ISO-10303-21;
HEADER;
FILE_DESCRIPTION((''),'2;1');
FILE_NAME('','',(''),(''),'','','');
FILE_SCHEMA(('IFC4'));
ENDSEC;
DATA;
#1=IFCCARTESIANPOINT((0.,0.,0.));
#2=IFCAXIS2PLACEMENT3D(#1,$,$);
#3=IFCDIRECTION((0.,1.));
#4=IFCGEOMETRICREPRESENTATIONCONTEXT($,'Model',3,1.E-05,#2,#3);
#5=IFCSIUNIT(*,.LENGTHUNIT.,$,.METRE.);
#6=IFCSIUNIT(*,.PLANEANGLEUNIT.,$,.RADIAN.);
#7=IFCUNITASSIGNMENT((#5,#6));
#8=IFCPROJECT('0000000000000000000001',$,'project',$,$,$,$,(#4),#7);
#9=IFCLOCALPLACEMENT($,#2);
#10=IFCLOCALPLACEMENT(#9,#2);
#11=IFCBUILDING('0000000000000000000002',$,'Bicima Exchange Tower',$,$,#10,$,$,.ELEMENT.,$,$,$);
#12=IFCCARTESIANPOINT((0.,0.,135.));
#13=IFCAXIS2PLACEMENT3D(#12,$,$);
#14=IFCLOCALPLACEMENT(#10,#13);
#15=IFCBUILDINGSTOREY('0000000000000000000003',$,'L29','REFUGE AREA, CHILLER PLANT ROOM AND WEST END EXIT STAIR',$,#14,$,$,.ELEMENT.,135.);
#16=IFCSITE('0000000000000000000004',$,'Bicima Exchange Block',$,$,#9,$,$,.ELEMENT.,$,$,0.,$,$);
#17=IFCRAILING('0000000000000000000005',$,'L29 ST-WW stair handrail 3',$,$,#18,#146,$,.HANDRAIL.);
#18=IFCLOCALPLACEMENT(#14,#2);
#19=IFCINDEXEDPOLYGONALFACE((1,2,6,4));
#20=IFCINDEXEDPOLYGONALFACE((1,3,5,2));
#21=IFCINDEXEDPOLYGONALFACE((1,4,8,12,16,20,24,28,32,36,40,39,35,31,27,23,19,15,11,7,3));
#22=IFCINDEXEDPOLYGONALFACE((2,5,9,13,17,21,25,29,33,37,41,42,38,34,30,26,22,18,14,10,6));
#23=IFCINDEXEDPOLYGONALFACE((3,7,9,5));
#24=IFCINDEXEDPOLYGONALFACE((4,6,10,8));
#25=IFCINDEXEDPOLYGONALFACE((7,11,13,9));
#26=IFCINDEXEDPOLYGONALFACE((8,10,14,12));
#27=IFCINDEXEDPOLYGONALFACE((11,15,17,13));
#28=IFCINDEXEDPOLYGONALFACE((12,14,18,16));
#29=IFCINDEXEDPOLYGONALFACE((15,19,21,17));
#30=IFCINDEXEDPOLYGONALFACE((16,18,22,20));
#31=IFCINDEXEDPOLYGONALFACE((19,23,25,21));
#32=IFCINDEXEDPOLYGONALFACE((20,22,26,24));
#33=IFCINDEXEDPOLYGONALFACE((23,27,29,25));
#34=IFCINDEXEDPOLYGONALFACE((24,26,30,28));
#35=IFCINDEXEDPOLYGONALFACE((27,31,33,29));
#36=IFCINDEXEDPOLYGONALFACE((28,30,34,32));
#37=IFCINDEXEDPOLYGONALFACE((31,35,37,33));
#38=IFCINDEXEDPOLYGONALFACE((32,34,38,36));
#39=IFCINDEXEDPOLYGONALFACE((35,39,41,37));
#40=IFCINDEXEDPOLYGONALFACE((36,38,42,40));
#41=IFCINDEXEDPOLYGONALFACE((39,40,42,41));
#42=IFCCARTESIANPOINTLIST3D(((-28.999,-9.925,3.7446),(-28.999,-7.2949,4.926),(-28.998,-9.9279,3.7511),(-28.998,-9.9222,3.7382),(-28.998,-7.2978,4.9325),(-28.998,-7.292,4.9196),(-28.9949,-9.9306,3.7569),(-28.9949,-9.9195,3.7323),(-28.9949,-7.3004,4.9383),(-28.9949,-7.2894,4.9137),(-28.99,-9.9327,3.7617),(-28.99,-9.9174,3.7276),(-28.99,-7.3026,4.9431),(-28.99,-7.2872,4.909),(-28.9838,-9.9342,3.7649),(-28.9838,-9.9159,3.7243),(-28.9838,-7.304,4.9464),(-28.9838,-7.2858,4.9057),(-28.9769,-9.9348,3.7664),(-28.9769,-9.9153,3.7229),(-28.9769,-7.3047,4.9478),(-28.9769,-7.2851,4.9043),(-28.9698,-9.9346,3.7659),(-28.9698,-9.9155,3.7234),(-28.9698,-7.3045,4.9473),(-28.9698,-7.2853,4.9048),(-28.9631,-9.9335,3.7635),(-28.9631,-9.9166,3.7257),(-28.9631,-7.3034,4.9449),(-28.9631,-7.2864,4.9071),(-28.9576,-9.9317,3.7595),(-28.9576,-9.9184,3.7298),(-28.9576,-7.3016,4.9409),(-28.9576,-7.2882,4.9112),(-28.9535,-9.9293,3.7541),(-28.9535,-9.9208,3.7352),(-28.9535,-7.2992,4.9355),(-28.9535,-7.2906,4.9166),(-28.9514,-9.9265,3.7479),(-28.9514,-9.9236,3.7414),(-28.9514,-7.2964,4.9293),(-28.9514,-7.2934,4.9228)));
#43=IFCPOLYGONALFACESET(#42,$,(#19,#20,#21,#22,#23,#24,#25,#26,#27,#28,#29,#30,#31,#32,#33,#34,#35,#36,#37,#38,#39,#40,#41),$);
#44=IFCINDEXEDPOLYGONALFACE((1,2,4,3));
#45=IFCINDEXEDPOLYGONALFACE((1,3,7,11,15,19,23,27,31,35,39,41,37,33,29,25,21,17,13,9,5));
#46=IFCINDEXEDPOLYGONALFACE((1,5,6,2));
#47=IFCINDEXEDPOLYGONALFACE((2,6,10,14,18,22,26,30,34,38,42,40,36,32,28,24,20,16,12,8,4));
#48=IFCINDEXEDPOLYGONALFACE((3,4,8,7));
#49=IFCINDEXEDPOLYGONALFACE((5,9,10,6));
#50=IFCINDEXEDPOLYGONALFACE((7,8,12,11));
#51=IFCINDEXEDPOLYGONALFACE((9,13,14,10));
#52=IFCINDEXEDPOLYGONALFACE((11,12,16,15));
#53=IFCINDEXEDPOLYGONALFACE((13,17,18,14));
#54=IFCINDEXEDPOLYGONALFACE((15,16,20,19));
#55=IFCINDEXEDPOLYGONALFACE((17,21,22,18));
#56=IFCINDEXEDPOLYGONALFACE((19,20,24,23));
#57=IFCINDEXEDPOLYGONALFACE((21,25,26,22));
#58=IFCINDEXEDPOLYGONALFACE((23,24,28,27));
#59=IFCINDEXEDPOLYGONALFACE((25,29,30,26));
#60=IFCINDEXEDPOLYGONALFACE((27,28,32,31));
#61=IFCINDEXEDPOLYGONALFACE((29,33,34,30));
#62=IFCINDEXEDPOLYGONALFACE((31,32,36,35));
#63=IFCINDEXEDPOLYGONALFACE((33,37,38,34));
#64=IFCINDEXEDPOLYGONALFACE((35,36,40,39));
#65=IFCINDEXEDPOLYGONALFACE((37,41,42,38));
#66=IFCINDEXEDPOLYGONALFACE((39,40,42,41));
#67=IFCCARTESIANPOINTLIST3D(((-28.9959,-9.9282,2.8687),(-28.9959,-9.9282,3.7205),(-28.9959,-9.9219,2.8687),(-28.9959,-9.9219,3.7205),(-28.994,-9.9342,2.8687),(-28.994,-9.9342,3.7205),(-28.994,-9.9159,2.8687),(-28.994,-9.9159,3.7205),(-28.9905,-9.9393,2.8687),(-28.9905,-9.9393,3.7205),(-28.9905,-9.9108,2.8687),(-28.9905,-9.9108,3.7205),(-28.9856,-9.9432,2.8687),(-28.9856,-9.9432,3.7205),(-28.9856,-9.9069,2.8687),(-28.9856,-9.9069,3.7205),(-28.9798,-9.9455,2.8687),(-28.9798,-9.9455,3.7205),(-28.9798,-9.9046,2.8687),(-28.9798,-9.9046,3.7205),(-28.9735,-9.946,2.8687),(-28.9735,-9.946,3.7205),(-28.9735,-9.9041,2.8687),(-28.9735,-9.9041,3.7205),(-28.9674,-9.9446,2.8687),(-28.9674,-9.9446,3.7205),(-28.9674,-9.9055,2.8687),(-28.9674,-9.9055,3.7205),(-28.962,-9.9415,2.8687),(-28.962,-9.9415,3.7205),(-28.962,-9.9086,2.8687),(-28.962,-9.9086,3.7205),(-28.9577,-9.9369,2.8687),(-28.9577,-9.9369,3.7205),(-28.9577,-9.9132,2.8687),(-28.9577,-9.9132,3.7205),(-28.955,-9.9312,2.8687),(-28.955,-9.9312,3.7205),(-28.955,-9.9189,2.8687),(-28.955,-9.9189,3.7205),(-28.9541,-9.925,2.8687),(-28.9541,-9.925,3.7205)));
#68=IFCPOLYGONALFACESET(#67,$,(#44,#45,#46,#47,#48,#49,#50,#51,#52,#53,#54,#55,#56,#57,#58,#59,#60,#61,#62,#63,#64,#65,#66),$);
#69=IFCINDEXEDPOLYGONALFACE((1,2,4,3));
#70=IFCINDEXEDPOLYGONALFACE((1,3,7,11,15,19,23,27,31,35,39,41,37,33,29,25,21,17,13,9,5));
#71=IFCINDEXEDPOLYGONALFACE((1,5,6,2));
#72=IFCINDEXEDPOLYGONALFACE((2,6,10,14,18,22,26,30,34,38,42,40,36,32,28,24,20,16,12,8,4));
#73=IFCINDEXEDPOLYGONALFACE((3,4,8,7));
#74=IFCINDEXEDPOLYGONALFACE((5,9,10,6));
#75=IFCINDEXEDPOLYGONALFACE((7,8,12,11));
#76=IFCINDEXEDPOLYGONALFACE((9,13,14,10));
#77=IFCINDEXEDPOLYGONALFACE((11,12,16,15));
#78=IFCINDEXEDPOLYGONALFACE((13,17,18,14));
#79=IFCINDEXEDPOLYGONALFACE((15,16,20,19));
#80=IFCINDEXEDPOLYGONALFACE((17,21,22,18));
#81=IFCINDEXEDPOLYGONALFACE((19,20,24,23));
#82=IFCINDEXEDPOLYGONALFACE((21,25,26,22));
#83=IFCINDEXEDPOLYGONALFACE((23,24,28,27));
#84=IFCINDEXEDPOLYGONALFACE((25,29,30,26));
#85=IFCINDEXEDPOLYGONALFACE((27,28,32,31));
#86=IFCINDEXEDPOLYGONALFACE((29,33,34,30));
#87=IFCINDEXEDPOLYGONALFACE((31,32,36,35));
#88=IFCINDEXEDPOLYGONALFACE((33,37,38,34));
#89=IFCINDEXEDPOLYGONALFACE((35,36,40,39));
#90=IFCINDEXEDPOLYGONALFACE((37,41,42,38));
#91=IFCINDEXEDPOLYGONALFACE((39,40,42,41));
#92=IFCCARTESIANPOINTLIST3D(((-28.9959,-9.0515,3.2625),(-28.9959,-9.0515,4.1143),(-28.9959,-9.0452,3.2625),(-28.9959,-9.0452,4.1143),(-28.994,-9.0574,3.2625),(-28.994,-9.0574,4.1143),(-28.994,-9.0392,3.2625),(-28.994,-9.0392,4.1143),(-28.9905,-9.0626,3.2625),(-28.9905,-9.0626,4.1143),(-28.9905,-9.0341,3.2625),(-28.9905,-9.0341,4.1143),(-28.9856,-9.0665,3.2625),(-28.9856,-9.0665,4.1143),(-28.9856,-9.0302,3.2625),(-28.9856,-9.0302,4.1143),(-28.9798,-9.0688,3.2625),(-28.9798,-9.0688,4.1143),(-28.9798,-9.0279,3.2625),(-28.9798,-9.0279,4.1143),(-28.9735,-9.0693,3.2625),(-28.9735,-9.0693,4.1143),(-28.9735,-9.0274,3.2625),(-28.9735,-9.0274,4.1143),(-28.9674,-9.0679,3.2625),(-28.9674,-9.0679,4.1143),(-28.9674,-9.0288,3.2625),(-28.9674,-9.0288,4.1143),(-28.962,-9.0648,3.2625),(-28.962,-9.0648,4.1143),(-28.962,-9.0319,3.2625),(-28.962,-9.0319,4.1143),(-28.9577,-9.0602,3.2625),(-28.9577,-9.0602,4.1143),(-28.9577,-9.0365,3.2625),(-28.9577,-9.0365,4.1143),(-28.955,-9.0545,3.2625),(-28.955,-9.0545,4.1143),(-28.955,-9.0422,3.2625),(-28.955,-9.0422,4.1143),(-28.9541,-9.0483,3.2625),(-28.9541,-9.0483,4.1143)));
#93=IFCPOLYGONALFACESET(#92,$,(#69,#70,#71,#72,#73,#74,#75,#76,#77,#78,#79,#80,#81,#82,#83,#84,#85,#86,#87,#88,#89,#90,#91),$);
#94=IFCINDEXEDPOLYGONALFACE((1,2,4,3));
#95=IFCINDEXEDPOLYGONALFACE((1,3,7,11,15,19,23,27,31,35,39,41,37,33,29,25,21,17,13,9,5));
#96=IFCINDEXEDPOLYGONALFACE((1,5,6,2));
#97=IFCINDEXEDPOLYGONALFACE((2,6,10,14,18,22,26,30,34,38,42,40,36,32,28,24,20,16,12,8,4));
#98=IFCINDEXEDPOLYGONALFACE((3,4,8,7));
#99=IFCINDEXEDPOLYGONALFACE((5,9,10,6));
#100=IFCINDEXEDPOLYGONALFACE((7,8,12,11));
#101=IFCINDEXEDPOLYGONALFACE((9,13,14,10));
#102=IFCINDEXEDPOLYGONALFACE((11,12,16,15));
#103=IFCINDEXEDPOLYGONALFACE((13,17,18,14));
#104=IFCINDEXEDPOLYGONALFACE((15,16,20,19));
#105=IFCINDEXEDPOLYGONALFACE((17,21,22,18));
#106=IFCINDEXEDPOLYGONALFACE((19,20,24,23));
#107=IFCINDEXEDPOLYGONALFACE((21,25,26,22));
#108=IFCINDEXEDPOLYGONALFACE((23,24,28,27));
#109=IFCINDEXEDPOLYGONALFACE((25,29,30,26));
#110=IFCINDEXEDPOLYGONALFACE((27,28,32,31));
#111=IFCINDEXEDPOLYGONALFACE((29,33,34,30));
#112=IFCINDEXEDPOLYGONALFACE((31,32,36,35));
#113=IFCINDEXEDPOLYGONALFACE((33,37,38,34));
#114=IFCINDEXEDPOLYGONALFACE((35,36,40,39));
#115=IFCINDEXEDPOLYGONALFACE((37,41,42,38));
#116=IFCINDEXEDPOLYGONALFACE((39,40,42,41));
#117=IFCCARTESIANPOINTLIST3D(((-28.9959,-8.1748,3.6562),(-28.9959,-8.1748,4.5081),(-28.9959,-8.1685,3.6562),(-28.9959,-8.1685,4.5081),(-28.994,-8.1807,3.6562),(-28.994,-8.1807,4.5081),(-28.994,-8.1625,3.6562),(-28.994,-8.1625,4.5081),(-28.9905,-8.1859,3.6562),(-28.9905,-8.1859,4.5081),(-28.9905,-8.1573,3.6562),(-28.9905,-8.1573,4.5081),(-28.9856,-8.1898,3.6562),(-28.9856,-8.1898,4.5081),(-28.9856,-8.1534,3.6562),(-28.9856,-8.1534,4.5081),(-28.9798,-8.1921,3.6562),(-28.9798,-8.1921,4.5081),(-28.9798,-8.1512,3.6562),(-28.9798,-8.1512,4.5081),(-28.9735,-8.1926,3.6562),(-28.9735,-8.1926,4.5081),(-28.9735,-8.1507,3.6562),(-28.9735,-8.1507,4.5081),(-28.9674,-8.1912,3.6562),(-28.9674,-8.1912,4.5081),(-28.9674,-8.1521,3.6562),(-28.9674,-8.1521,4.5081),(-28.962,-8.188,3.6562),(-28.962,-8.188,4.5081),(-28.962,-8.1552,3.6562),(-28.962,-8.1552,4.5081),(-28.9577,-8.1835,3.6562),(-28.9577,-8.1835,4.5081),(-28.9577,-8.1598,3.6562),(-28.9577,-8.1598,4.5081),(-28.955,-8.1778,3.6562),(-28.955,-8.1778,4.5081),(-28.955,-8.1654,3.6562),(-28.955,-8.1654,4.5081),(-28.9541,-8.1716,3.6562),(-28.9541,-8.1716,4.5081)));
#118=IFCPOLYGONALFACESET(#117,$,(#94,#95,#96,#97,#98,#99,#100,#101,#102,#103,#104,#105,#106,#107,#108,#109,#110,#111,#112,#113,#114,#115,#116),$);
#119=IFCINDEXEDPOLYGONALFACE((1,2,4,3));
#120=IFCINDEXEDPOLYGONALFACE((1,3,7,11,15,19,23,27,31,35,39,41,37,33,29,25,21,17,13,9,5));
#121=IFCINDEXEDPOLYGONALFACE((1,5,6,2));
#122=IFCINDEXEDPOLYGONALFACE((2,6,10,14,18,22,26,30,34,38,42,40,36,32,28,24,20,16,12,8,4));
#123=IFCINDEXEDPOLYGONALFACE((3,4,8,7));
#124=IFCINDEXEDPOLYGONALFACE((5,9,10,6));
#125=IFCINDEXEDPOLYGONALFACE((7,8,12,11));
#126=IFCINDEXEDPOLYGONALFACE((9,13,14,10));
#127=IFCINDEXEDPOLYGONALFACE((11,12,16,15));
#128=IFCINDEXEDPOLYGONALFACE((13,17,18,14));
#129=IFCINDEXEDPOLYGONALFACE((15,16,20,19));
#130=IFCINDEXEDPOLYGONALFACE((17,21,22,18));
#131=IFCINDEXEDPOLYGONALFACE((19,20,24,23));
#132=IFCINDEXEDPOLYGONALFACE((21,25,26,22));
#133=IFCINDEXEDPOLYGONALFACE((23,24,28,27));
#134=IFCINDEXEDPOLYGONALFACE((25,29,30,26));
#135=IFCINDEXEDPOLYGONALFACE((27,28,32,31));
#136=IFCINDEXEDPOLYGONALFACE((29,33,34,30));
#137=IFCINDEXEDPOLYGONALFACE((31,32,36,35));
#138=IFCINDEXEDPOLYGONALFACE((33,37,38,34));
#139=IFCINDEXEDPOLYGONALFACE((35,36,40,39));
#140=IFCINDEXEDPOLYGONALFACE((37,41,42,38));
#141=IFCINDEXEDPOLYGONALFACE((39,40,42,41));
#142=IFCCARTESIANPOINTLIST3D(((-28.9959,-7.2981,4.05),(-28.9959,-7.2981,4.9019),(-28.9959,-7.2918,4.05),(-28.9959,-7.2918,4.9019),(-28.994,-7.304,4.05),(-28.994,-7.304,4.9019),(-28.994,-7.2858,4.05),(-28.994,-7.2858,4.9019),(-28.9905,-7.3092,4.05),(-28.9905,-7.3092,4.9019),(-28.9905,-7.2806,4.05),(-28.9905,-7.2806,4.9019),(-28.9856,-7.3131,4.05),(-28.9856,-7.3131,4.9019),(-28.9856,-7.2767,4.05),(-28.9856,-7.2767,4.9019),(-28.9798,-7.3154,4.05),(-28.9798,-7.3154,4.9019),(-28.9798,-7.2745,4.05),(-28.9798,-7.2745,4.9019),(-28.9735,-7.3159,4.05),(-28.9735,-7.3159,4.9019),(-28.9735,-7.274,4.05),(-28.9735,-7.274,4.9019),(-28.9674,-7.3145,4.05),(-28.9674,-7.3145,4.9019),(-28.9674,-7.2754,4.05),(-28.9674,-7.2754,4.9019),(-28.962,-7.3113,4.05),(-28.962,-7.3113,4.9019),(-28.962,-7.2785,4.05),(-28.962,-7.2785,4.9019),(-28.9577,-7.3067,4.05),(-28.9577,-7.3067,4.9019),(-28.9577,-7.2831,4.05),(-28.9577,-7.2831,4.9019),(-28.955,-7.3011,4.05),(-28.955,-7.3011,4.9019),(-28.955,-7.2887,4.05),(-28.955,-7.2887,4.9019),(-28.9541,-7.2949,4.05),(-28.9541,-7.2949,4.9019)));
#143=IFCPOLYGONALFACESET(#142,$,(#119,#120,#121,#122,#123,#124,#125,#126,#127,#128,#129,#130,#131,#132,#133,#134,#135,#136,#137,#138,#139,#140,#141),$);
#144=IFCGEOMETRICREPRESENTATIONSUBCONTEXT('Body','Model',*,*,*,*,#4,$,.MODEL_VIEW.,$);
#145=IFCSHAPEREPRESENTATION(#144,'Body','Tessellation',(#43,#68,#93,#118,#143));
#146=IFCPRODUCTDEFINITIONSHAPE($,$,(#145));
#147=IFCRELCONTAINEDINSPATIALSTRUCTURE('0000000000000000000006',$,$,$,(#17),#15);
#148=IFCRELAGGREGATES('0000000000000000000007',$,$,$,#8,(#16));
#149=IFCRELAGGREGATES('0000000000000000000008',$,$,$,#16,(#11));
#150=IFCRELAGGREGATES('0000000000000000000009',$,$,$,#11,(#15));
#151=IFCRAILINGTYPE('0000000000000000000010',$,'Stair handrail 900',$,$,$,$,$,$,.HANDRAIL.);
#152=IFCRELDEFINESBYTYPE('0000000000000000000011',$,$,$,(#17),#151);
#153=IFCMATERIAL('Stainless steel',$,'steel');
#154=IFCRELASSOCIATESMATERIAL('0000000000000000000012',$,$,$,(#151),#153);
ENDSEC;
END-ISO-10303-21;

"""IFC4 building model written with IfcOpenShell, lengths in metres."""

from ifc_helpers import new_model, si_unit, direction, frame, origin, origin_2d, place, context, subcontext, project, spatial, circle, extrude, material, type_object, element, save


model = new_model("IFC4")

# Units and contexts
model_context = context("Model", 3, precision=1e-05, world=origin(), true_north=direction((0.0, 1.0)))
body_context = subcontext(model_context, "Body", "Model", "MODEL_VIEW")
ifc_project = project(units=[si_unit("LENGTHUNIT", "METRE"), si_unit("PLANEANGLEUNIT", "RADIAN")], contexts=[model_context])

# Site, building, storey
site_placement = place(None, origin())
site = spatial("IfcSite", under=ifc_project, at=site_placement, Name="Bicima Exchange Block", CompositionType="ELEMENT", RefElevation=0.0)
building_placement = place(site_placement, origin())
building = spatial("IfcBuilding", under=site, at=building_placement, Name="Bicima Exchange Tower", CompositionType="ELEMENT")
storey_placement = place(building_placement, frame((0.0, 0.0, 135.0)))
storey = spatial("IfcBuildingStorey", under=building, at=storey_placement, Name="L29", Description="REFUGE AREA, CHILLER PLANT ROOM AND WEST END EXIT STAIR", CompositionType="ELEMENT", Elevation=135.0)

# Railing
ifc_material_1 = material(Name="Stainless steel", Category="steel")
railing_type_1 = type_object("IfcRailingType", Name="Stair handrail 900", PredefinedType="HANDRAIL", material=ifc_material_1)
railing_1_placement = place(storey_placement, frame((-28.9751, -9.925, 2.8687)))
element("IfcRailing", 1, at=railing_1_placement, inside=storey, type_object=railing_type_1, Name="L29 ST-WW stair handrail 3", PredefinedType="HANDRAIL", context=body_context, shape_type="SweptSolid", body=[
    extrude(circle(Radius=0.0239, at=origin_2d()), frame((0.0, 0.0, 0.876), z_axis=(0.0, 0.912202, 0.409741), x_axis=(-1.0, 0.0, 0.0)), (0.0, 0.0, 1.0), 2.8833),
    extrude(circle(Radius=0.021, at=origin_2d()), origin(), (0.0, 0.0, 1.0), 0.8518),
    extrude(circle(Radius=0.021, at=origin_2d()), frame((0.0, 0.8767, 0.3938)), (0.0, 0.0, 1.0), 0.8518),
    extrude(circle(Radius=0.021, at=origin_2d()), frame((0.0, 1.7534, 0.7876)), (0.0, 0.0, 1.0), 0.8518),
    extrude(circle(Radius=0.021, at=origin_2d()), frame((0.0, 2.6301, 1.1814)), (0.0, 0.0, 1.0), 0.8518),
])

save(model, "model.ifc")
